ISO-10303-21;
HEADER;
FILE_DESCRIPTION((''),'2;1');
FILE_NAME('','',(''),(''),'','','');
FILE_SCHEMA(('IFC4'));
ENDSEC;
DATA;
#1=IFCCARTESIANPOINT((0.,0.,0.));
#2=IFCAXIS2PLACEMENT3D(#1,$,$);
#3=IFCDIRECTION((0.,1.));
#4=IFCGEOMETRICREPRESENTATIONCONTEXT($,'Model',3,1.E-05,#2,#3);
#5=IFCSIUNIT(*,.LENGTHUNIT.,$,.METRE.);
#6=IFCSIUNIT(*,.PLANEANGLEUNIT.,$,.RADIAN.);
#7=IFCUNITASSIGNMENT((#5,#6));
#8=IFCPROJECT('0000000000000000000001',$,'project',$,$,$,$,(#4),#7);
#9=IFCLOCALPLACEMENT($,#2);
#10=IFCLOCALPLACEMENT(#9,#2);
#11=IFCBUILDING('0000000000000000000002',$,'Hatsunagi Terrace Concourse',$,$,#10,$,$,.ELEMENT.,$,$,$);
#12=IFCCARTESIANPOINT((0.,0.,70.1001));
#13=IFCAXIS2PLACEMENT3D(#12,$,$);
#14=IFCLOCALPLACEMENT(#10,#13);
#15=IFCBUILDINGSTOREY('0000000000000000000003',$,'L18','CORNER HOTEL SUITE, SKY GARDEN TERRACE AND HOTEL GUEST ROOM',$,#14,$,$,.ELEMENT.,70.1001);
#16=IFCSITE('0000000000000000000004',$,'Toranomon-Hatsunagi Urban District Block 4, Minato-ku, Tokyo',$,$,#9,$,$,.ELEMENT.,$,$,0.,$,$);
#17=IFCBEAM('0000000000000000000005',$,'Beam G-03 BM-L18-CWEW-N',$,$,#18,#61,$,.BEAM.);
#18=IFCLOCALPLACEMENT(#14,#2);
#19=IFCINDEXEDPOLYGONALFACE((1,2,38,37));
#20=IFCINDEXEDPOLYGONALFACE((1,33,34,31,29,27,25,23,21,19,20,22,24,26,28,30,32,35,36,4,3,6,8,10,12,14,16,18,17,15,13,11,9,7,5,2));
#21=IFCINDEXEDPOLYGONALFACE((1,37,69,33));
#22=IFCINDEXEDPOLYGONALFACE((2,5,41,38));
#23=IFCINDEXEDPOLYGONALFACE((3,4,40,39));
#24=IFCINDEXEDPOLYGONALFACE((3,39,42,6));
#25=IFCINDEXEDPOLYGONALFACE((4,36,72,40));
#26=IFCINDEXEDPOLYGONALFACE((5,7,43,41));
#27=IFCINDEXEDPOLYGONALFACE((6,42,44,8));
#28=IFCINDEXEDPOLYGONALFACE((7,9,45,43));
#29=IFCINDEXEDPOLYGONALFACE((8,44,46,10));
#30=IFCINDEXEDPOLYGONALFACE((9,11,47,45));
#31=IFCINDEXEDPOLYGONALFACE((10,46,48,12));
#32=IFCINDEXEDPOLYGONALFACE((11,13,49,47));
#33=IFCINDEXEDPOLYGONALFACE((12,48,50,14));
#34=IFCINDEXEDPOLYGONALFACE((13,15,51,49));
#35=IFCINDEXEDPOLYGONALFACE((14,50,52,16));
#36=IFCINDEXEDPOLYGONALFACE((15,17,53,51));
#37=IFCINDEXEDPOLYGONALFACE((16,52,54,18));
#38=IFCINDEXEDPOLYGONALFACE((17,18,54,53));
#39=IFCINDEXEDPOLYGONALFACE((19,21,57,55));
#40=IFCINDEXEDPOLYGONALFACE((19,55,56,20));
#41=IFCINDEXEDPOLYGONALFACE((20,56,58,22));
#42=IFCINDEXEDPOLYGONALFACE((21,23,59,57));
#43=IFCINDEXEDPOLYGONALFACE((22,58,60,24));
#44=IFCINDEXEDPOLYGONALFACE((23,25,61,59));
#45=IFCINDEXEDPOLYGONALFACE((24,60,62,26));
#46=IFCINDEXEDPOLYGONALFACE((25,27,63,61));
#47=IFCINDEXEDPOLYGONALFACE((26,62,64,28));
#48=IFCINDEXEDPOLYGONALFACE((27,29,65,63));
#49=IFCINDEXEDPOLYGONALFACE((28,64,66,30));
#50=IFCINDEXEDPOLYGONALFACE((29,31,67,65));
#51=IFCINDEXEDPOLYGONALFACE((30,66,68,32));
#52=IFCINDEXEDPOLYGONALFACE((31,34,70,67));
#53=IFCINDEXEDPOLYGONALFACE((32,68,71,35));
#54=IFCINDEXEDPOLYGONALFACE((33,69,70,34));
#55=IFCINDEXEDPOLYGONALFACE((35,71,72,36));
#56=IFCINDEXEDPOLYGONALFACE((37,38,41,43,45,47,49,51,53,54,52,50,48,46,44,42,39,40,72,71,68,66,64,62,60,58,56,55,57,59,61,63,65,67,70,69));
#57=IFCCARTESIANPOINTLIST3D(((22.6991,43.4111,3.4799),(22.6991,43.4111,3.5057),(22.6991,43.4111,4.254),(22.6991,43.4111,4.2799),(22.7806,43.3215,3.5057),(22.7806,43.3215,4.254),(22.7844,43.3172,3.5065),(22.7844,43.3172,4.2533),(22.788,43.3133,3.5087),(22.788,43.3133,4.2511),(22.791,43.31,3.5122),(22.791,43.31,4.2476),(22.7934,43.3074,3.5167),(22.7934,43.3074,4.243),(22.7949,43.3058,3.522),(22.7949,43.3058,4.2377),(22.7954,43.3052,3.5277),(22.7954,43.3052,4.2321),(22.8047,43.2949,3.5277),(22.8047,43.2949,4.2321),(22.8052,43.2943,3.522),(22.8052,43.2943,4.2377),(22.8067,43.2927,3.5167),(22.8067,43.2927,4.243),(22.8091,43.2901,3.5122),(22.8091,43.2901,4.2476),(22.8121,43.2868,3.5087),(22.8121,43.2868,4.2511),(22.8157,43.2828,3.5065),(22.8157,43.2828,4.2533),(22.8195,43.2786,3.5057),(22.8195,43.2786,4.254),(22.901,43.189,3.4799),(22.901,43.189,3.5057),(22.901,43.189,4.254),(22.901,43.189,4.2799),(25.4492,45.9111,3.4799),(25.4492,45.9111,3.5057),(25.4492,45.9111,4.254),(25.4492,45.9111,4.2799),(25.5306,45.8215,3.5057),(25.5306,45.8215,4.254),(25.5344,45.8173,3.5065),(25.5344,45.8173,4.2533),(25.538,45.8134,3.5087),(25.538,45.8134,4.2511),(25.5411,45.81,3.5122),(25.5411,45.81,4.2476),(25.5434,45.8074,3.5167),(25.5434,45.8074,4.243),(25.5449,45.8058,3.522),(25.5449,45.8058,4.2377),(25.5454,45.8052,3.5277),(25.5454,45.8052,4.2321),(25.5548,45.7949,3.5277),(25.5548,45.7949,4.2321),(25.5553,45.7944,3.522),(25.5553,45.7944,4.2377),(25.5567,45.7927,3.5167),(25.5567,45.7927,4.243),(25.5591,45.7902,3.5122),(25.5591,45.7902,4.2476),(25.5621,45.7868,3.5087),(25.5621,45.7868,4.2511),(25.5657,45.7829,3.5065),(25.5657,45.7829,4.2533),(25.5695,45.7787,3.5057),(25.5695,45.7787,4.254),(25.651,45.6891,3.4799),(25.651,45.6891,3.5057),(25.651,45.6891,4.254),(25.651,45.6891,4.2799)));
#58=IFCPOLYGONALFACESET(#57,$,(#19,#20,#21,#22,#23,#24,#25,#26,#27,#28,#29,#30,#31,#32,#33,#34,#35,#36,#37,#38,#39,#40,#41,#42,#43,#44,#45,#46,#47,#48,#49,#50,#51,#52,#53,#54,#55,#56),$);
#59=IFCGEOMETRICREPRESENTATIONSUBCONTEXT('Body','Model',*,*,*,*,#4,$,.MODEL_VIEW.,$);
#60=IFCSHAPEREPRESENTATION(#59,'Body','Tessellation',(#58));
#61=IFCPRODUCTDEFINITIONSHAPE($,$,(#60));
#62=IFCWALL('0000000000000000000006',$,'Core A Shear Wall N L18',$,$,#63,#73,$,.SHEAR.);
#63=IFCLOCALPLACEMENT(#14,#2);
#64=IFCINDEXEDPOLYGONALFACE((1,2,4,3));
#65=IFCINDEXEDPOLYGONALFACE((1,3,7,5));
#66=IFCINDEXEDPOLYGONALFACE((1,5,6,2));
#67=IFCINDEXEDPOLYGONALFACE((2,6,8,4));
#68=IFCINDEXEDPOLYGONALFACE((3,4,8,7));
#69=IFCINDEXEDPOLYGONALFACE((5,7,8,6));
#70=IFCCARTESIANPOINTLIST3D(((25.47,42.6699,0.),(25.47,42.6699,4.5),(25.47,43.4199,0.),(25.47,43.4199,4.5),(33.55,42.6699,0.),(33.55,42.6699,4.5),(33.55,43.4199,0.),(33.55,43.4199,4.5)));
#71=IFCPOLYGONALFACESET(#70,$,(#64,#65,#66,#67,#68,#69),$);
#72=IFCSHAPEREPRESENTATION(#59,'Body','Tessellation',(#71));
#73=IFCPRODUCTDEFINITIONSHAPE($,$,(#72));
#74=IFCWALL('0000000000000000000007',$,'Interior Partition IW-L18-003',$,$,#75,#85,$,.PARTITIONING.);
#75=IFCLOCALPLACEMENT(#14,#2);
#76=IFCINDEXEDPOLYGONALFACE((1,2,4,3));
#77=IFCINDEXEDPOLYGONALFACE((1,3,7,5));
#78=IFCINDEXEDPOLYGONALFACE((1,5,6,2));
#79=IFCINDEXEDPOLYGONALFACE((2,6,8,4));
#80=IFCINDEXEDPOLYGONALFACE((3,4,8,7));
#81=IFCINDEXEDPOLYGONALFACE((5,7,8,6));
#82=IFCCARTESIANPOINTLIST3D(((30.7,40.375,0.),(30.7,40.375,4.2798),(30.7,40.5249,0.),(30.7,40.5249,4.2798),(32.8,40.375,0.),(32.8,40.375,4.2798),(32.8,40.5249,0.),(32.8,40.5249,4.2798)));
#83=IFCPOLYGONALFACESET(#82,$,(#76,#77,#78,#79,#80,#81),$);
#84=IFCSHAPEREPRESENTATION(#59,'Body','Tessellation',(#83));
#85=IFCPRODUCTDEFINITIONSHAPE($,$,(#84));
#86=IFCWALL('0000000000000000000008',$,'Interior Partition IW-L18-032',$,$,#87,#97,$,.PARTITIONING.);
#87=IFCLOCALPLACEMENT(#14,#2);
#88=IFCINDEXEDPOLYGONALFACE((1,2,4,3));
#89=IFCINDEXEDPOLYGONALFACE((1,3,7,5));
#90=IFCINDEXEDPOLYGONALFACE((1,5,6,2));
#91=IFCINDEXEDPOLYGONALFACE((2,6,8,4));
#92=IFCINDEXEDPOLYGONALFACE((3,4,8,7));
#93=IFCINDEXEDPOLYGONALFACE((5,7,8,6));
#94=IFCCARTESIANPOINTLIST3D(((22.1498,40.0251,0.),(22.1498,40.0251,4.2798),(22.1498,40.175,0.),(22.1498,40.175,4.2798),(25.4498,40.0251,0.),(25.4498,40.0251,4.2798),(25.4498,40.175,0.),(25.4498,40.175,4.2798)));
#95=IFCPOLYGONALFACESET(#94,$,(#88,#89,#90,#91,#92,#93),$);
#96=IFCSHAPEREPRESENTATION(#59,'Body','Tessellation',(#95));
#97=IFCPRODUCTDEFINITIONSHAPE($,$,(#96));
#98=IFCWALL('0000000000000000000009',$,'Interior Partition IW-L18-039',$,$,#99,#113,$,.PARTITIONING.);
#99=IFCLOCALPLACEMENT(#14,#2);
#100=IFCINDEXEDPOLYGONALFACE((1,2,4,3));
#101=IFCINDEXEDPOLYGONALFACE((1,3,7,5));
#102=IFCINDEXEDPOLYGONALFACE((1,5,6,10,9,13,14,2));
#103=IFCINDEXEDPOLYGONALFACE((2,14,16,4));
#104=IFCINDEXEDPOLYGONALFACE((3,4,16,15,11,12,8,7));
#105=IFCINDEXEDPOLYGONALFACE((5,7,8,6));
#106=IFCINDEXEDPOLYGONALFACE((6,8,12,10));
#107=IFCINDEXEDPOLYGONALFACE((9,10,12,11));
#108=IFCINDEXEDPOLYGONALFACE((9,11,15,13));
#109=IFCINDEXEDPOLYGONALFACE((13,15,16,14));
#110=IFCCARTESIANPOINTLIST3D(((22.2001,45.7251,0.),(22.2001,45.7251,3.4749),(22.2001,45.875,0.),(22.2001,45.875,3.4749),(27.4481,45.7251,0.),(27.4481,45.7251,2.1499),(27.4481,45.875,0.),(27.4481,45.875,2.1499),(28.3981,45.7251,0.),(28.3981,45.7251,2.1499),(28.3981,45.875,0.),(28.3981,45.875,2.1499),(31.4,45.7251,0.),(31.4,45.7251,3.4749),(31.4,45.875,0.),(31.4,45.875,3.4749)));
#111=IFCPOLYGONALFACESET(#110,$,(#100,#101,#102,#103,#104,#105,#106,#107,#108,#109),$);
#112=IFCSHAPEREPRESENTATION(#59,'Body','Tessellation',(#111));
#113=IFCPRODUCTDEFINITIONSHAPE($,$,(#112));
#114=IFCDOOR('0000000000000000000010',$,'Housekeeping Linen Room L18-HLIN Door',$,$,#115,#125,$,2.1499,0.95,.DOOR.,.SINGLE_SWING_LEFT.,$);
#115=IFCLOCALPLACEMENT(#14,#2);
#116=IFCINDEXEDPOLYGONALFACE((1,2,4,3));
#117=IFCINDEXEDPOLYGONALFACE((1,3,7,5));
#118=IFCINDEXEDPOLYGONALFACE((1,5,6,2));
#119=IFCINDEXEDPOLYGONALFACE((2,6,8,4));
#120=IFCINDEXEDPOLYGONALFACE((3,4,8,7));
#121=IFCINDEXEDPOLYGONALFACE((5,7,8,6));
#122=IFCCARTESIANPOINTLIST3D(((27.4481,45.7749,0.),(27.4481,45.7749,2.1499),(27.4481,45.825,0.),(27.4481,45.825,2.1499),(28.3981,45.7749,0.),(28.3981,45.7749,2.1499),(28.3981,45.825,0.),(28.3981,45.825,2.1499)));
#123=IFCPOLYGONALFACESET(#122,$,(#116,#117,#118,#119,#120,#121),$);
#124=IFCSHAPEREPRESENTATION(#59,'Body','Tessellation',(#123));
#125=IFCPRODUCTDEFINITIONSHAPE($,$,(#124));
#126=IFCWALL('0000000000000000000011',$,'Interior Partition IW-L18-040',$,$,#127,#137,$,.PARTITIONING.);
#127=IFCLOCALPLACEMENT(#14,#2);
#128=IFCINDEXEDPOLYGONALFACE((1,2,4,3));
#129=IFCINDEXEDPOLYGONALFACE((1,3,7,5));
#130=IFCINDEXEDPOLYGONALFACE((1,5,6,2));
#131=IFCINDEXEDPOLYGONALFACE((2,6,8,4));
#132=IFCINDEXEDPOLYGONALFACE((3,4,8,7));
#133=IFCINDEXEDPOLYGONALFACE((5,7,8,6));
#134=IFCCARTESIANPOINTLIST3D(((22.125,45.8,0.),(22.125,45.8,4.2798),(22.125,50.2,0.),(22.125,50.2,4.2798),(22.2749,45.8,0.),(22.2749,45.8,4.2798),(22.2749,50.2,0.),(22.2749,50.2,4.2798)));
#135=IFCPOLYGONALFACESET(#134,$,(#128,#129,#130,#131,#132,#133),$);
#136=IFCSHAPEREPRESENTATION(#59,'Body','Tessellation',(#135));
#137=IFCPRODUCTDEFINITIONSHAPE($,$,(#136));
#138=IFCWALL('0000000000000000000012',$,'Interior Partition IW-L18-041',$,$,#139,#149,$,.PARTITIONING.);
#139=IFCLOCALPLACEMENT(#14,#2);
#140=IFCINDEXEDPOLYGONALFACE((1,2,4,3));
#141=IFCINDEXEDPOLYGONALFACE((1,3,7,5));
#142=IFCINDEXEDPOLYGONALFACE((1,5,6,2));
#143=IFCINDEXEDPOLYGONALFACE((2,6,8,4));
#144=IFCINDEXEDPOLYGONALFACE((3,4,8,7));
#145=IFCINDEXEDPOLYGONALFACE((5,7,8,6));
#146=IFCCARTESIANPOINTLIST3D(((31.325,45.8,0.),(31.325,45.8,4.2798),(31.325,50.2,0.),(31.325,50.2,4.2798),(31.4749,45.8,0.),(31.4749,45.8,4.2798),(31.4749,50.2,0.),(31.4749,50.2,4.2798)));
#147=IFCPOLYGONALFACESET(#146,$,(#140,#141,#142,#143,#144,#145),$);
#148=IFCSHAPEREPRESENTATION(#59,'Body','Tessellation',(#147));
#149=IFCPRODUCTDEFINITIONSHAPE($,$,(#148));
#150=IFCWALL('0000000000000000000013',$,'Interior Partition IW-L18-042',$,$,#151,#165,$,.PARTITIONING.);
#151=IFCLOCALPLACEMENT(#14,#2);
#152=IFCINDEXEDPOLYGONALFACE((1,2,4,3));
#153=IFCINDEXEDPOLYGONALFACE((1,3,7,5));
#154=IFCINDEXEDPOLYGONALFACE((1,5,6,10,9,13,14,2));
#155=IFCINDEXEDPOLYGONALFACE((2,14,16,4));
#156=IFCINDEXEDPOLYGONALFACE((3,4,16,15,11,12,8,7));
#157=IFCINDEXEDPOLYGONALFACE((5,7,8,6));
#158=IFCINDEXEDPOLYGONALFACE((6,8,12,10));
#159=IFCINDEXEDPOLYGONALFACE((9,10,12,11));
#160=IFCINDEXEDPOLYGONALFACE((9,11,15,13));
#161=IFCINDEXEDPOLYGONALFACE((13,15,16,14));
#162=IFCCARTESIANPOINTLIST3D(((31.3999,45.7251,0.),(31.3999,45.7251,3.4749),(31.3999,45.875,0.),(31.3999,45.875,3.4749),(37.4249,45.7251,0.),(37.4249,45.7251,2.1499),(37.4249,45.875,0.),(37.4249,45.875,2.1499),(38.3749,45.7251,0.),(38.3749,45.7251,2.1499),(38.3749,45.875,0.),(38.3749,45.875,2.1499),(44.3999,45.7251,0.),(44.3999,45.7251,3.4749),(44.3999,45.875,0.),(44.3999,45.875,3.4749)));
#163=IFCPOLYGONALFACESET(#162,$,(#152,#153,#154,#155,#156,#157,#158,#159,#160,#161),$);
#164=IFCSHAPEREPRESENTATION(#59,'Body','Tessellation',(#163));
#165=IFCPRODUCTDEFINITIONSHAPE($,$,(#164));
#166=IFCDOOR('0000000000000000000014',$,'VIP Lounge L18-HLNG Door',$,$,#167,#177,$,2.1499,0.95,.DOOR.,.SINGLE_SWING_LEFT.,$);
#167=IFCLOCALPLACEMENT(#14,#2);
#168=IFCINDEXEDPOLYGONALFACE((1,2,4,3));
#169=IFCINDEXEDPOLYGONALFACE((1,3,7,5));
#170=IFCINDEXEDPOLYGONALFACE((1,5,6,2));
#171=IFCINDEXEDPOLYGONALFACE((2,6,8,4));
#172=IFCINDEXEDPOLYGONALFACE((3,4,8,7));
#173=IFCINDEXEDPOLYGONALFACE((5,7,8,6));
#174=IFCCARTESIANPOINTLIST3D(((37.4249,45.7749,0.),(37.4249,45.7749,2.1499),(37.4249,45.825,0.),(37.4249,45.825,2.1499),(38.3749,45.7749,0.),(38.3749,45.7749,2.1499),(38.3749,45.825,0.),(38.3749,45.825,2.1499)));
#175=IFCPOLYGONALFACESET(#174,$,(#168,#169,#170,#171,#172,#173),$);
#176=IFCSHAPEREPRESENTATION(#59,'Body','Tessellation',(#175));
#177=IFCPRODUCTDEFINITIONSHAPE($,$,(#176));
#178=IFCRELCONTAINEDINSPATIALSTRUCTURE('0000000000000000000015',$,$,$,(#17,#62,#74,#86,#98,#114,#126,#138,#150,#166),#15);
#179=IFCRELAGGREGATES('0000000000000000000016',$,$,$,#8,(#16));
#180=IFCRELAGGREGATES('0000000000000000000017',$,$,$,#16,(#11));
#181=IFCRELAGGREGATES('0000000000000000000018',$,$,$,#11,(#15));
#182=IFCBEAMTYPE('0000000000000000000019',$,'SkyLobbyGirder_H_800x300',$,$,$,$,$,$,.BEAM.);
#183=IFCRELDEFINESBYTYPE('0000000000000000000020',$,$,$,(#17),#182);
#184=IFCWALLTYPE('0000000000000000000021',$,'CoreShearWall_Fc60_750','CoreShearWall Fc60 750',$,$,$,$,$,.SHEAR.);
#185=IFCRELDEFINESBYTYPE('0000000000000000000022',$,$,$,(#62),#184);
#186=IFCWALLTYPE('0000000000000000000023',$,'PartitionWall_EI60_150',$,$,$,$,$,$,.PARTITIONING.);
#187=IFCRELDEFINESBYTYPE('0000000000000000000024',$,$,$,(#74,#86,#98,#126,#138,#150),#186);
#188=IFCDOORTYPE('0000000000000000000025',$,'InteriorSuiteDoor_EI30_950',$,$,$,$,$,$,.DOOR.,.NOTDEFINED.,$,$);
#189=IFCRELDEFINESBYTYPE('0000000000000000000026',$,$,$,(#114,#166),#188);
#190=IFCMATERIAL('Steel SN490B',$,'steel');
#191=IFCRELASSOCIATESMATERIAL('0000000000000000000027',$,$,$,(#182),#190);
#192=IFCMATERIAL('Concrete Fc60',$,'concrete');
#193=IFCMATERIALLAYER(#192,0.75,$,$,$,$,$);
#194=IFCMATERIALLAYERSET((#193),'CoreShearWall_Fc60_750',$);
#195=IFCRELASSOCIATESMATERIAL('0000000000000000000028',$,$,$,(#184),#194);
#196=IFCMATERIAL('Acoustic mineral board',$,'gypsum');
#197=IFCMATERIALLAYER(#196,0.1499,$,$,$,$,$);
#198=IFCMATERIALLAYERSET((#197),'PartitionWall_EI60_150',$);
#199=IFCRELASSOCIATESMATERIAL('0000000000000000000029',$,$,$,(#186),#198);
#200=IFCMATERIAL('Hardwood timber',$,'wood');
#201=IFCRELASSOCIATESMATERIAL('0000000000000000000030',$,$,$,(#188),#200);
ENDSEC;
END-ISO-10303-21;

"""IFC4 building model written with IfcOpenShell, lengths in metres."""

from ifc_helpers import new_model, si_unit, direction, frame, frame_2d, origin, origin_2d, place, context, subcontext, project, spatial, rectangle, i_section, extrude, material, layer, layer_set, material_profile, profile_set, type_object, element, fill, save


model = new_model("IFC4")

# Units and contexts
model_context = context("Model", 3, precision=1e-05, world=origin(), true_north=direction((0.0, 1.0)))
body_context = subcontext(model_context, "Body", "Model", "MODEL_VIEW")
ifc_project = project(units=[si_unit("LENGTHUNIT", "METRE"), si_unit("PLANEANGLEUNIT", "RADIAN")], contexts=[model_context])

# Site, building, storey
site_placement = place(None, origin())
site = spatial("IfcSite", under=ifc_project, at=site_placement, Name="Toranomon-Hatsunagi Urban District Block 4, Minato-ku, Tokyo", CompositionType="ELEMENT", RefElevation=0.0)
building_placement = place(site_placement, origin())
building = spatial("IfcBuilding", under=site, at=building_placement, Name="Hatsunagi Terrace Concourse", CompositionType="ELEMENT")
storey_placement = place(building_placement, frame((0.0, 0.0, 70.1001)))
storey = spatial("IfcBuildingStorey", under=building, at=storey_placement, Name="L18", Description="CORNER HOTEL SUITE, SKY GARDEN TERRACE AND HOTEL GUEST ROOM", CompositionType="ELEMENT", Elevation=70.1001)

# Beam
ifc_material_1 = material(Name="Steel SN490B", Category="steel")
ifc_material_profile_1 = material_profile(ifc_material_1, i_section(OverallWidth=0.3, OverallDepth=0.8, WebThickness=0.0139, FlangeThickness=0.0259, FilletRadius=0.022, at=origin_2d()), Name="H-800x300x14x26")
ifc_profile_set_1 = profile_set([ifc_material_profile_1], Name="Steel SN490B")
beam_type_1 = type_object("IfcBeamType", Name="SkyLobbyGirder_H_800x300", PredefinedType="BEAM", material=ifc_profile_set_1)
beam_1_placement = place(storey_placement, frame((22.8, 43.3, 3.8799), z_axis=(0.73994, 0.672673, 0.0), x_axis=(-0.672673, 0.73994, 0.0)))
element("IfcBeam", 1, at=beam_1_placement, inside=storey, type_object=beam_type_1, Name="Beam G-03 BM-L18-CWEW-N", PredefinedType="BEAM", context=body_context, shape_type="SweptSolid", body=[
    extrude(i_section(OverallWidth=0.3, OverallDepth=0.8, WebThickness=0.0139, FlangeThickness=0.0259, FilletRadius=0.022, at=origin_2d()), origin(), (0.0, 0.0, 1.0), 3.7166),
])

# Walls
ifc_material_2 = material(Name="Concrete Fc60", Category="concrete")
ifc_layer_1 = layer(ifc_material_2, 0.75)
ifc_layer_set_1 = layer_set([ifc_layer_1], Name="CoreShearWall_Fc60_750")
wall_type_1 = type_object("IfcWallType", Name="CoreShearWall_Fc60_750", Description="CoreShearWall Fc60 750", PredefinedType="SHEAR", material=ifc_layer_set_1)
wall_1_placement = place(storey_placement, frame((25.47, 43.0449, 0.0), z_axis=(0.0, 0.0, 1.0), x_axis=(1.0, 0.0, 0.0)))
element("IfcWall", 2, at=wall_1_placement, inside=storey, type_object=wall_type_1, Name="Core A Shear Wall N L18", PredefinedType="SHEAR", context=body_context, shape_type="SweptSolid", body=[
    extrude(rectangle(XDim=8.0801, YDim=0.75, at=frame_2d((4.04, 0.0))), origin(), (0.0, 0.0, 1.0), 4.5),
])
ifc_material_3 = material(Name="Acoustic mineral board", Category="gypsum")
ifc_layer_2 = layer(ifc_material_3, 0.1499)
ifc_layer_set_2 = layer_set([ifc_layer_2], Name="PartitionWall_EI60_150")
wall_type_2 = type_object("IfcWallType", Name="PartitionWall_EI60_150", PredefinedType="PARTITIONING", material=ifc_layer_set_2)
wall_2_placement = place(storey_placement, frame((30.7, 40.45, 0.0), z_axis=(0.0, 0.0, 1.0), x_axis=(1.0, 0.0, 0.0)))
element("IfcWall", 3, at=wall_2_placement, inside=storey, type_object=wall_type_2, Name="Interior Partition IW-L18-003", PredefinedType="PARTITIONING", context=body_context, shape_type="SweptSolid", body=[
    extrude(rectangle(XDim=2.1001, YDim=0.1499, at=frame_2d((1.05, 0.0))), origin(), (0.0, 0.0, 1.0), 4.2798),
])
wall_3_placement = place(storey_placement, frame((22.1499, 40.1001, 0.0), z_axis=(0.0, 0.0, 1.0), x_axis=(1.0, 0.0, 0.0)))
element("IfcWall", 4, at=wall_3_placement, inside=storey, type_object=wall_type_2, Name="Interior Partition IW-L18-032", PredefinedType="PARTITIONING", context=body_context, shape_type="SweptSolid", body=[
    extrude(rectangle(XDim=3.3, YDim=0.1499, at=frame_2d((1.6499, 0.0))), origin(), (0.0, 0.0, 1.0), 4.2798),
])

# Wall, opening, door
wall_4_placement = place(storey_placement, frame((22.2, 45.8, 0.0), z_axis=(0.0, 0.0, 1.0), x_axis=(1.0, 0.0, 0.0)))
wall_4 = element("IfcWall", 5, at=wall_4_placement, inside=storey, type_object=wall_type_2, Name="Interior Partition IW-L18-039", PredefinedType="PARTITIONING", context=body_context, shape_type="SweptSolid", body=[
    extrude(rectangle(XDim=9.2, YDim=0.1499, at=frame_2d((4.6001, 0.0))), origin(), (0.0, 0.0, 1.0), 3.4749),
])
opening_1_placement = place(wall_4_placement, frame((5.248, 0.0, 0.0)))
opening_1 = element("IfcOpeningElement", 6, at=opening_1_placement, cuts=wall_4, PredefinedType="OPENING", context=body_context, shape_type="SweptSolid", body=[
    extrude(rectangle(XDim=0.95, YDim=2.1499, at=frame_2d((0.4751, 1.075))), frame((0.0, 0.085, 0.0), z_axis=(0.0, -1.0, 0.0), x_axis=(1.0, 0.0, 0.0)), (0.0, 0.0, 1.0), 0.1699),
])
ifc_material_4 = material(Name="Hardwood timber", Category="wood")
door_type = type_object("IfcDoorType", Name="InteriorSuiteDoor_EI30_950", OperationType="NOTDEFINED", PredefinedType="DOOR", material=ifc_material_4)
door_1_placement = place(opening_1_placement, origin())
door_1 = element("IfcDoor", 7, at=door_1_placement, inside=storey, type_object=door_type, Name="Housekeeping Linen Room L18-HLIN Door", OperationType="SINGLE_SWING_LEFT", OverallHeight=2.1499, OverallWidth=0.95, PredefinedType="DOOR", context=body_context, shape_type="SweptSolid", body=[
    extrude(rectangle(XDim=0.95, YDim=2.1499, at=frame_2d((0.4751, 1.075))), frame((0.0, 0.0249, 0.0), z_axis=(0.0, -1.0, 0.0), x_axis=(1.0, 0.0, 0.0)), (0.0, 0.0, 1.0), 0.05),
])
fill(opening_1, door_1)

# Walls
for number, where, z_axis, x_axis, name in (
    (8, (22.2, 45.8, 0.0), (0.0, 0.0, 1.0), (0.0, 1.0, 0.0), "Interior Partition IW-L18-040"),
    (9, (31.3999, 45.8, 0.0), (0.0, 0.0, 1.0), (0.0, 1.0, 0.0), "Interior Partition IW-L18-041"),
):
    element("IfcWall", number, at=place(storey_placement, frame(where, z_axis=z_axis, x_axis=x_axis)), inside=storey, type_object=wall_type_2, Name=name, PredefinedType="PARTITIONING", context=body_context, shape_type="SweptSolid", body=[
        extrude(rectangle(XDim=4.3999, YDim=0.1499, at=frame_2d((2.2, 0.0))), origin(), (0.0, 0.0, 1.0), 4.2798),
    ])

# Wall, opening, door
wall_5_placement = place(storey_placement, frame((31.3999, 45.8, 0.0), z_axis=(0.0, 0.0, 1.0), x_axis=(1.0, 0.0, 0.0)))
wall_5 = element("IfcWall", 10, at=wall_5_placement, inside=storey, type_object=wall_type_2, Name="Interior Partition IW-L18-042", PredefinedType="PARTITIONING", context=body_context, shape_type="SweptSolid", body=[
    extrude(rectangle(XDim=13.0, YDim=0.1499, at=frame_2d((6.5, 0.0))), origin(), (0.0, 0.0, 1.0), 3.4749),
])
opening_2_placement = place(wall_5_placement, frame((6.0249, 0.0, 0.0)))
opening_2 = element("IfcOpeningElement", 11, at=opening_2_placement, cuts=wall_5, PredefinedType="OPENING", context=body_context, shape_type="SweptSolid", body=[
    extrude(rectangle(XDim=0.95, YDim=2.1499, at=frame_2d((0.4751, 1.075))), frame((0.0, 0.085, 0.0), z_axis=(0.0, -1.0, 0.0), x_axis=(1.0, 0.0, 0.0)), (0.0, 0.0, 1.0), 0.1699),
])
door_2_placement = place(opening_2_placement, origin())
door_2 = element("IfcDoor", 12, at=door_2_placement, inside=storey, type_object=door_type, Name="VIP Lounge L18-HLNG Door", OperationType="SINGLE_SWING_LEFT", OverallHeight=2.1499, OverallWidth=0.95, PredefinedType="DOOR", context=body_context, shape_type="SweptSolid", body=[
    extrude(rectangle(XDim=0.95, YDim=2.1499, at=frame_2d((0.4751, 1.075))), frame((0.0, 0.0249, 0.0), z_axis=(0.0, -1.0, 0.0), x_axis=(1.0, 0.0, 0.0)), (0.0, 0.0, 1.0), 0.05),
])
fill(opening_2, door_2)

save(model, "model.ifc")
